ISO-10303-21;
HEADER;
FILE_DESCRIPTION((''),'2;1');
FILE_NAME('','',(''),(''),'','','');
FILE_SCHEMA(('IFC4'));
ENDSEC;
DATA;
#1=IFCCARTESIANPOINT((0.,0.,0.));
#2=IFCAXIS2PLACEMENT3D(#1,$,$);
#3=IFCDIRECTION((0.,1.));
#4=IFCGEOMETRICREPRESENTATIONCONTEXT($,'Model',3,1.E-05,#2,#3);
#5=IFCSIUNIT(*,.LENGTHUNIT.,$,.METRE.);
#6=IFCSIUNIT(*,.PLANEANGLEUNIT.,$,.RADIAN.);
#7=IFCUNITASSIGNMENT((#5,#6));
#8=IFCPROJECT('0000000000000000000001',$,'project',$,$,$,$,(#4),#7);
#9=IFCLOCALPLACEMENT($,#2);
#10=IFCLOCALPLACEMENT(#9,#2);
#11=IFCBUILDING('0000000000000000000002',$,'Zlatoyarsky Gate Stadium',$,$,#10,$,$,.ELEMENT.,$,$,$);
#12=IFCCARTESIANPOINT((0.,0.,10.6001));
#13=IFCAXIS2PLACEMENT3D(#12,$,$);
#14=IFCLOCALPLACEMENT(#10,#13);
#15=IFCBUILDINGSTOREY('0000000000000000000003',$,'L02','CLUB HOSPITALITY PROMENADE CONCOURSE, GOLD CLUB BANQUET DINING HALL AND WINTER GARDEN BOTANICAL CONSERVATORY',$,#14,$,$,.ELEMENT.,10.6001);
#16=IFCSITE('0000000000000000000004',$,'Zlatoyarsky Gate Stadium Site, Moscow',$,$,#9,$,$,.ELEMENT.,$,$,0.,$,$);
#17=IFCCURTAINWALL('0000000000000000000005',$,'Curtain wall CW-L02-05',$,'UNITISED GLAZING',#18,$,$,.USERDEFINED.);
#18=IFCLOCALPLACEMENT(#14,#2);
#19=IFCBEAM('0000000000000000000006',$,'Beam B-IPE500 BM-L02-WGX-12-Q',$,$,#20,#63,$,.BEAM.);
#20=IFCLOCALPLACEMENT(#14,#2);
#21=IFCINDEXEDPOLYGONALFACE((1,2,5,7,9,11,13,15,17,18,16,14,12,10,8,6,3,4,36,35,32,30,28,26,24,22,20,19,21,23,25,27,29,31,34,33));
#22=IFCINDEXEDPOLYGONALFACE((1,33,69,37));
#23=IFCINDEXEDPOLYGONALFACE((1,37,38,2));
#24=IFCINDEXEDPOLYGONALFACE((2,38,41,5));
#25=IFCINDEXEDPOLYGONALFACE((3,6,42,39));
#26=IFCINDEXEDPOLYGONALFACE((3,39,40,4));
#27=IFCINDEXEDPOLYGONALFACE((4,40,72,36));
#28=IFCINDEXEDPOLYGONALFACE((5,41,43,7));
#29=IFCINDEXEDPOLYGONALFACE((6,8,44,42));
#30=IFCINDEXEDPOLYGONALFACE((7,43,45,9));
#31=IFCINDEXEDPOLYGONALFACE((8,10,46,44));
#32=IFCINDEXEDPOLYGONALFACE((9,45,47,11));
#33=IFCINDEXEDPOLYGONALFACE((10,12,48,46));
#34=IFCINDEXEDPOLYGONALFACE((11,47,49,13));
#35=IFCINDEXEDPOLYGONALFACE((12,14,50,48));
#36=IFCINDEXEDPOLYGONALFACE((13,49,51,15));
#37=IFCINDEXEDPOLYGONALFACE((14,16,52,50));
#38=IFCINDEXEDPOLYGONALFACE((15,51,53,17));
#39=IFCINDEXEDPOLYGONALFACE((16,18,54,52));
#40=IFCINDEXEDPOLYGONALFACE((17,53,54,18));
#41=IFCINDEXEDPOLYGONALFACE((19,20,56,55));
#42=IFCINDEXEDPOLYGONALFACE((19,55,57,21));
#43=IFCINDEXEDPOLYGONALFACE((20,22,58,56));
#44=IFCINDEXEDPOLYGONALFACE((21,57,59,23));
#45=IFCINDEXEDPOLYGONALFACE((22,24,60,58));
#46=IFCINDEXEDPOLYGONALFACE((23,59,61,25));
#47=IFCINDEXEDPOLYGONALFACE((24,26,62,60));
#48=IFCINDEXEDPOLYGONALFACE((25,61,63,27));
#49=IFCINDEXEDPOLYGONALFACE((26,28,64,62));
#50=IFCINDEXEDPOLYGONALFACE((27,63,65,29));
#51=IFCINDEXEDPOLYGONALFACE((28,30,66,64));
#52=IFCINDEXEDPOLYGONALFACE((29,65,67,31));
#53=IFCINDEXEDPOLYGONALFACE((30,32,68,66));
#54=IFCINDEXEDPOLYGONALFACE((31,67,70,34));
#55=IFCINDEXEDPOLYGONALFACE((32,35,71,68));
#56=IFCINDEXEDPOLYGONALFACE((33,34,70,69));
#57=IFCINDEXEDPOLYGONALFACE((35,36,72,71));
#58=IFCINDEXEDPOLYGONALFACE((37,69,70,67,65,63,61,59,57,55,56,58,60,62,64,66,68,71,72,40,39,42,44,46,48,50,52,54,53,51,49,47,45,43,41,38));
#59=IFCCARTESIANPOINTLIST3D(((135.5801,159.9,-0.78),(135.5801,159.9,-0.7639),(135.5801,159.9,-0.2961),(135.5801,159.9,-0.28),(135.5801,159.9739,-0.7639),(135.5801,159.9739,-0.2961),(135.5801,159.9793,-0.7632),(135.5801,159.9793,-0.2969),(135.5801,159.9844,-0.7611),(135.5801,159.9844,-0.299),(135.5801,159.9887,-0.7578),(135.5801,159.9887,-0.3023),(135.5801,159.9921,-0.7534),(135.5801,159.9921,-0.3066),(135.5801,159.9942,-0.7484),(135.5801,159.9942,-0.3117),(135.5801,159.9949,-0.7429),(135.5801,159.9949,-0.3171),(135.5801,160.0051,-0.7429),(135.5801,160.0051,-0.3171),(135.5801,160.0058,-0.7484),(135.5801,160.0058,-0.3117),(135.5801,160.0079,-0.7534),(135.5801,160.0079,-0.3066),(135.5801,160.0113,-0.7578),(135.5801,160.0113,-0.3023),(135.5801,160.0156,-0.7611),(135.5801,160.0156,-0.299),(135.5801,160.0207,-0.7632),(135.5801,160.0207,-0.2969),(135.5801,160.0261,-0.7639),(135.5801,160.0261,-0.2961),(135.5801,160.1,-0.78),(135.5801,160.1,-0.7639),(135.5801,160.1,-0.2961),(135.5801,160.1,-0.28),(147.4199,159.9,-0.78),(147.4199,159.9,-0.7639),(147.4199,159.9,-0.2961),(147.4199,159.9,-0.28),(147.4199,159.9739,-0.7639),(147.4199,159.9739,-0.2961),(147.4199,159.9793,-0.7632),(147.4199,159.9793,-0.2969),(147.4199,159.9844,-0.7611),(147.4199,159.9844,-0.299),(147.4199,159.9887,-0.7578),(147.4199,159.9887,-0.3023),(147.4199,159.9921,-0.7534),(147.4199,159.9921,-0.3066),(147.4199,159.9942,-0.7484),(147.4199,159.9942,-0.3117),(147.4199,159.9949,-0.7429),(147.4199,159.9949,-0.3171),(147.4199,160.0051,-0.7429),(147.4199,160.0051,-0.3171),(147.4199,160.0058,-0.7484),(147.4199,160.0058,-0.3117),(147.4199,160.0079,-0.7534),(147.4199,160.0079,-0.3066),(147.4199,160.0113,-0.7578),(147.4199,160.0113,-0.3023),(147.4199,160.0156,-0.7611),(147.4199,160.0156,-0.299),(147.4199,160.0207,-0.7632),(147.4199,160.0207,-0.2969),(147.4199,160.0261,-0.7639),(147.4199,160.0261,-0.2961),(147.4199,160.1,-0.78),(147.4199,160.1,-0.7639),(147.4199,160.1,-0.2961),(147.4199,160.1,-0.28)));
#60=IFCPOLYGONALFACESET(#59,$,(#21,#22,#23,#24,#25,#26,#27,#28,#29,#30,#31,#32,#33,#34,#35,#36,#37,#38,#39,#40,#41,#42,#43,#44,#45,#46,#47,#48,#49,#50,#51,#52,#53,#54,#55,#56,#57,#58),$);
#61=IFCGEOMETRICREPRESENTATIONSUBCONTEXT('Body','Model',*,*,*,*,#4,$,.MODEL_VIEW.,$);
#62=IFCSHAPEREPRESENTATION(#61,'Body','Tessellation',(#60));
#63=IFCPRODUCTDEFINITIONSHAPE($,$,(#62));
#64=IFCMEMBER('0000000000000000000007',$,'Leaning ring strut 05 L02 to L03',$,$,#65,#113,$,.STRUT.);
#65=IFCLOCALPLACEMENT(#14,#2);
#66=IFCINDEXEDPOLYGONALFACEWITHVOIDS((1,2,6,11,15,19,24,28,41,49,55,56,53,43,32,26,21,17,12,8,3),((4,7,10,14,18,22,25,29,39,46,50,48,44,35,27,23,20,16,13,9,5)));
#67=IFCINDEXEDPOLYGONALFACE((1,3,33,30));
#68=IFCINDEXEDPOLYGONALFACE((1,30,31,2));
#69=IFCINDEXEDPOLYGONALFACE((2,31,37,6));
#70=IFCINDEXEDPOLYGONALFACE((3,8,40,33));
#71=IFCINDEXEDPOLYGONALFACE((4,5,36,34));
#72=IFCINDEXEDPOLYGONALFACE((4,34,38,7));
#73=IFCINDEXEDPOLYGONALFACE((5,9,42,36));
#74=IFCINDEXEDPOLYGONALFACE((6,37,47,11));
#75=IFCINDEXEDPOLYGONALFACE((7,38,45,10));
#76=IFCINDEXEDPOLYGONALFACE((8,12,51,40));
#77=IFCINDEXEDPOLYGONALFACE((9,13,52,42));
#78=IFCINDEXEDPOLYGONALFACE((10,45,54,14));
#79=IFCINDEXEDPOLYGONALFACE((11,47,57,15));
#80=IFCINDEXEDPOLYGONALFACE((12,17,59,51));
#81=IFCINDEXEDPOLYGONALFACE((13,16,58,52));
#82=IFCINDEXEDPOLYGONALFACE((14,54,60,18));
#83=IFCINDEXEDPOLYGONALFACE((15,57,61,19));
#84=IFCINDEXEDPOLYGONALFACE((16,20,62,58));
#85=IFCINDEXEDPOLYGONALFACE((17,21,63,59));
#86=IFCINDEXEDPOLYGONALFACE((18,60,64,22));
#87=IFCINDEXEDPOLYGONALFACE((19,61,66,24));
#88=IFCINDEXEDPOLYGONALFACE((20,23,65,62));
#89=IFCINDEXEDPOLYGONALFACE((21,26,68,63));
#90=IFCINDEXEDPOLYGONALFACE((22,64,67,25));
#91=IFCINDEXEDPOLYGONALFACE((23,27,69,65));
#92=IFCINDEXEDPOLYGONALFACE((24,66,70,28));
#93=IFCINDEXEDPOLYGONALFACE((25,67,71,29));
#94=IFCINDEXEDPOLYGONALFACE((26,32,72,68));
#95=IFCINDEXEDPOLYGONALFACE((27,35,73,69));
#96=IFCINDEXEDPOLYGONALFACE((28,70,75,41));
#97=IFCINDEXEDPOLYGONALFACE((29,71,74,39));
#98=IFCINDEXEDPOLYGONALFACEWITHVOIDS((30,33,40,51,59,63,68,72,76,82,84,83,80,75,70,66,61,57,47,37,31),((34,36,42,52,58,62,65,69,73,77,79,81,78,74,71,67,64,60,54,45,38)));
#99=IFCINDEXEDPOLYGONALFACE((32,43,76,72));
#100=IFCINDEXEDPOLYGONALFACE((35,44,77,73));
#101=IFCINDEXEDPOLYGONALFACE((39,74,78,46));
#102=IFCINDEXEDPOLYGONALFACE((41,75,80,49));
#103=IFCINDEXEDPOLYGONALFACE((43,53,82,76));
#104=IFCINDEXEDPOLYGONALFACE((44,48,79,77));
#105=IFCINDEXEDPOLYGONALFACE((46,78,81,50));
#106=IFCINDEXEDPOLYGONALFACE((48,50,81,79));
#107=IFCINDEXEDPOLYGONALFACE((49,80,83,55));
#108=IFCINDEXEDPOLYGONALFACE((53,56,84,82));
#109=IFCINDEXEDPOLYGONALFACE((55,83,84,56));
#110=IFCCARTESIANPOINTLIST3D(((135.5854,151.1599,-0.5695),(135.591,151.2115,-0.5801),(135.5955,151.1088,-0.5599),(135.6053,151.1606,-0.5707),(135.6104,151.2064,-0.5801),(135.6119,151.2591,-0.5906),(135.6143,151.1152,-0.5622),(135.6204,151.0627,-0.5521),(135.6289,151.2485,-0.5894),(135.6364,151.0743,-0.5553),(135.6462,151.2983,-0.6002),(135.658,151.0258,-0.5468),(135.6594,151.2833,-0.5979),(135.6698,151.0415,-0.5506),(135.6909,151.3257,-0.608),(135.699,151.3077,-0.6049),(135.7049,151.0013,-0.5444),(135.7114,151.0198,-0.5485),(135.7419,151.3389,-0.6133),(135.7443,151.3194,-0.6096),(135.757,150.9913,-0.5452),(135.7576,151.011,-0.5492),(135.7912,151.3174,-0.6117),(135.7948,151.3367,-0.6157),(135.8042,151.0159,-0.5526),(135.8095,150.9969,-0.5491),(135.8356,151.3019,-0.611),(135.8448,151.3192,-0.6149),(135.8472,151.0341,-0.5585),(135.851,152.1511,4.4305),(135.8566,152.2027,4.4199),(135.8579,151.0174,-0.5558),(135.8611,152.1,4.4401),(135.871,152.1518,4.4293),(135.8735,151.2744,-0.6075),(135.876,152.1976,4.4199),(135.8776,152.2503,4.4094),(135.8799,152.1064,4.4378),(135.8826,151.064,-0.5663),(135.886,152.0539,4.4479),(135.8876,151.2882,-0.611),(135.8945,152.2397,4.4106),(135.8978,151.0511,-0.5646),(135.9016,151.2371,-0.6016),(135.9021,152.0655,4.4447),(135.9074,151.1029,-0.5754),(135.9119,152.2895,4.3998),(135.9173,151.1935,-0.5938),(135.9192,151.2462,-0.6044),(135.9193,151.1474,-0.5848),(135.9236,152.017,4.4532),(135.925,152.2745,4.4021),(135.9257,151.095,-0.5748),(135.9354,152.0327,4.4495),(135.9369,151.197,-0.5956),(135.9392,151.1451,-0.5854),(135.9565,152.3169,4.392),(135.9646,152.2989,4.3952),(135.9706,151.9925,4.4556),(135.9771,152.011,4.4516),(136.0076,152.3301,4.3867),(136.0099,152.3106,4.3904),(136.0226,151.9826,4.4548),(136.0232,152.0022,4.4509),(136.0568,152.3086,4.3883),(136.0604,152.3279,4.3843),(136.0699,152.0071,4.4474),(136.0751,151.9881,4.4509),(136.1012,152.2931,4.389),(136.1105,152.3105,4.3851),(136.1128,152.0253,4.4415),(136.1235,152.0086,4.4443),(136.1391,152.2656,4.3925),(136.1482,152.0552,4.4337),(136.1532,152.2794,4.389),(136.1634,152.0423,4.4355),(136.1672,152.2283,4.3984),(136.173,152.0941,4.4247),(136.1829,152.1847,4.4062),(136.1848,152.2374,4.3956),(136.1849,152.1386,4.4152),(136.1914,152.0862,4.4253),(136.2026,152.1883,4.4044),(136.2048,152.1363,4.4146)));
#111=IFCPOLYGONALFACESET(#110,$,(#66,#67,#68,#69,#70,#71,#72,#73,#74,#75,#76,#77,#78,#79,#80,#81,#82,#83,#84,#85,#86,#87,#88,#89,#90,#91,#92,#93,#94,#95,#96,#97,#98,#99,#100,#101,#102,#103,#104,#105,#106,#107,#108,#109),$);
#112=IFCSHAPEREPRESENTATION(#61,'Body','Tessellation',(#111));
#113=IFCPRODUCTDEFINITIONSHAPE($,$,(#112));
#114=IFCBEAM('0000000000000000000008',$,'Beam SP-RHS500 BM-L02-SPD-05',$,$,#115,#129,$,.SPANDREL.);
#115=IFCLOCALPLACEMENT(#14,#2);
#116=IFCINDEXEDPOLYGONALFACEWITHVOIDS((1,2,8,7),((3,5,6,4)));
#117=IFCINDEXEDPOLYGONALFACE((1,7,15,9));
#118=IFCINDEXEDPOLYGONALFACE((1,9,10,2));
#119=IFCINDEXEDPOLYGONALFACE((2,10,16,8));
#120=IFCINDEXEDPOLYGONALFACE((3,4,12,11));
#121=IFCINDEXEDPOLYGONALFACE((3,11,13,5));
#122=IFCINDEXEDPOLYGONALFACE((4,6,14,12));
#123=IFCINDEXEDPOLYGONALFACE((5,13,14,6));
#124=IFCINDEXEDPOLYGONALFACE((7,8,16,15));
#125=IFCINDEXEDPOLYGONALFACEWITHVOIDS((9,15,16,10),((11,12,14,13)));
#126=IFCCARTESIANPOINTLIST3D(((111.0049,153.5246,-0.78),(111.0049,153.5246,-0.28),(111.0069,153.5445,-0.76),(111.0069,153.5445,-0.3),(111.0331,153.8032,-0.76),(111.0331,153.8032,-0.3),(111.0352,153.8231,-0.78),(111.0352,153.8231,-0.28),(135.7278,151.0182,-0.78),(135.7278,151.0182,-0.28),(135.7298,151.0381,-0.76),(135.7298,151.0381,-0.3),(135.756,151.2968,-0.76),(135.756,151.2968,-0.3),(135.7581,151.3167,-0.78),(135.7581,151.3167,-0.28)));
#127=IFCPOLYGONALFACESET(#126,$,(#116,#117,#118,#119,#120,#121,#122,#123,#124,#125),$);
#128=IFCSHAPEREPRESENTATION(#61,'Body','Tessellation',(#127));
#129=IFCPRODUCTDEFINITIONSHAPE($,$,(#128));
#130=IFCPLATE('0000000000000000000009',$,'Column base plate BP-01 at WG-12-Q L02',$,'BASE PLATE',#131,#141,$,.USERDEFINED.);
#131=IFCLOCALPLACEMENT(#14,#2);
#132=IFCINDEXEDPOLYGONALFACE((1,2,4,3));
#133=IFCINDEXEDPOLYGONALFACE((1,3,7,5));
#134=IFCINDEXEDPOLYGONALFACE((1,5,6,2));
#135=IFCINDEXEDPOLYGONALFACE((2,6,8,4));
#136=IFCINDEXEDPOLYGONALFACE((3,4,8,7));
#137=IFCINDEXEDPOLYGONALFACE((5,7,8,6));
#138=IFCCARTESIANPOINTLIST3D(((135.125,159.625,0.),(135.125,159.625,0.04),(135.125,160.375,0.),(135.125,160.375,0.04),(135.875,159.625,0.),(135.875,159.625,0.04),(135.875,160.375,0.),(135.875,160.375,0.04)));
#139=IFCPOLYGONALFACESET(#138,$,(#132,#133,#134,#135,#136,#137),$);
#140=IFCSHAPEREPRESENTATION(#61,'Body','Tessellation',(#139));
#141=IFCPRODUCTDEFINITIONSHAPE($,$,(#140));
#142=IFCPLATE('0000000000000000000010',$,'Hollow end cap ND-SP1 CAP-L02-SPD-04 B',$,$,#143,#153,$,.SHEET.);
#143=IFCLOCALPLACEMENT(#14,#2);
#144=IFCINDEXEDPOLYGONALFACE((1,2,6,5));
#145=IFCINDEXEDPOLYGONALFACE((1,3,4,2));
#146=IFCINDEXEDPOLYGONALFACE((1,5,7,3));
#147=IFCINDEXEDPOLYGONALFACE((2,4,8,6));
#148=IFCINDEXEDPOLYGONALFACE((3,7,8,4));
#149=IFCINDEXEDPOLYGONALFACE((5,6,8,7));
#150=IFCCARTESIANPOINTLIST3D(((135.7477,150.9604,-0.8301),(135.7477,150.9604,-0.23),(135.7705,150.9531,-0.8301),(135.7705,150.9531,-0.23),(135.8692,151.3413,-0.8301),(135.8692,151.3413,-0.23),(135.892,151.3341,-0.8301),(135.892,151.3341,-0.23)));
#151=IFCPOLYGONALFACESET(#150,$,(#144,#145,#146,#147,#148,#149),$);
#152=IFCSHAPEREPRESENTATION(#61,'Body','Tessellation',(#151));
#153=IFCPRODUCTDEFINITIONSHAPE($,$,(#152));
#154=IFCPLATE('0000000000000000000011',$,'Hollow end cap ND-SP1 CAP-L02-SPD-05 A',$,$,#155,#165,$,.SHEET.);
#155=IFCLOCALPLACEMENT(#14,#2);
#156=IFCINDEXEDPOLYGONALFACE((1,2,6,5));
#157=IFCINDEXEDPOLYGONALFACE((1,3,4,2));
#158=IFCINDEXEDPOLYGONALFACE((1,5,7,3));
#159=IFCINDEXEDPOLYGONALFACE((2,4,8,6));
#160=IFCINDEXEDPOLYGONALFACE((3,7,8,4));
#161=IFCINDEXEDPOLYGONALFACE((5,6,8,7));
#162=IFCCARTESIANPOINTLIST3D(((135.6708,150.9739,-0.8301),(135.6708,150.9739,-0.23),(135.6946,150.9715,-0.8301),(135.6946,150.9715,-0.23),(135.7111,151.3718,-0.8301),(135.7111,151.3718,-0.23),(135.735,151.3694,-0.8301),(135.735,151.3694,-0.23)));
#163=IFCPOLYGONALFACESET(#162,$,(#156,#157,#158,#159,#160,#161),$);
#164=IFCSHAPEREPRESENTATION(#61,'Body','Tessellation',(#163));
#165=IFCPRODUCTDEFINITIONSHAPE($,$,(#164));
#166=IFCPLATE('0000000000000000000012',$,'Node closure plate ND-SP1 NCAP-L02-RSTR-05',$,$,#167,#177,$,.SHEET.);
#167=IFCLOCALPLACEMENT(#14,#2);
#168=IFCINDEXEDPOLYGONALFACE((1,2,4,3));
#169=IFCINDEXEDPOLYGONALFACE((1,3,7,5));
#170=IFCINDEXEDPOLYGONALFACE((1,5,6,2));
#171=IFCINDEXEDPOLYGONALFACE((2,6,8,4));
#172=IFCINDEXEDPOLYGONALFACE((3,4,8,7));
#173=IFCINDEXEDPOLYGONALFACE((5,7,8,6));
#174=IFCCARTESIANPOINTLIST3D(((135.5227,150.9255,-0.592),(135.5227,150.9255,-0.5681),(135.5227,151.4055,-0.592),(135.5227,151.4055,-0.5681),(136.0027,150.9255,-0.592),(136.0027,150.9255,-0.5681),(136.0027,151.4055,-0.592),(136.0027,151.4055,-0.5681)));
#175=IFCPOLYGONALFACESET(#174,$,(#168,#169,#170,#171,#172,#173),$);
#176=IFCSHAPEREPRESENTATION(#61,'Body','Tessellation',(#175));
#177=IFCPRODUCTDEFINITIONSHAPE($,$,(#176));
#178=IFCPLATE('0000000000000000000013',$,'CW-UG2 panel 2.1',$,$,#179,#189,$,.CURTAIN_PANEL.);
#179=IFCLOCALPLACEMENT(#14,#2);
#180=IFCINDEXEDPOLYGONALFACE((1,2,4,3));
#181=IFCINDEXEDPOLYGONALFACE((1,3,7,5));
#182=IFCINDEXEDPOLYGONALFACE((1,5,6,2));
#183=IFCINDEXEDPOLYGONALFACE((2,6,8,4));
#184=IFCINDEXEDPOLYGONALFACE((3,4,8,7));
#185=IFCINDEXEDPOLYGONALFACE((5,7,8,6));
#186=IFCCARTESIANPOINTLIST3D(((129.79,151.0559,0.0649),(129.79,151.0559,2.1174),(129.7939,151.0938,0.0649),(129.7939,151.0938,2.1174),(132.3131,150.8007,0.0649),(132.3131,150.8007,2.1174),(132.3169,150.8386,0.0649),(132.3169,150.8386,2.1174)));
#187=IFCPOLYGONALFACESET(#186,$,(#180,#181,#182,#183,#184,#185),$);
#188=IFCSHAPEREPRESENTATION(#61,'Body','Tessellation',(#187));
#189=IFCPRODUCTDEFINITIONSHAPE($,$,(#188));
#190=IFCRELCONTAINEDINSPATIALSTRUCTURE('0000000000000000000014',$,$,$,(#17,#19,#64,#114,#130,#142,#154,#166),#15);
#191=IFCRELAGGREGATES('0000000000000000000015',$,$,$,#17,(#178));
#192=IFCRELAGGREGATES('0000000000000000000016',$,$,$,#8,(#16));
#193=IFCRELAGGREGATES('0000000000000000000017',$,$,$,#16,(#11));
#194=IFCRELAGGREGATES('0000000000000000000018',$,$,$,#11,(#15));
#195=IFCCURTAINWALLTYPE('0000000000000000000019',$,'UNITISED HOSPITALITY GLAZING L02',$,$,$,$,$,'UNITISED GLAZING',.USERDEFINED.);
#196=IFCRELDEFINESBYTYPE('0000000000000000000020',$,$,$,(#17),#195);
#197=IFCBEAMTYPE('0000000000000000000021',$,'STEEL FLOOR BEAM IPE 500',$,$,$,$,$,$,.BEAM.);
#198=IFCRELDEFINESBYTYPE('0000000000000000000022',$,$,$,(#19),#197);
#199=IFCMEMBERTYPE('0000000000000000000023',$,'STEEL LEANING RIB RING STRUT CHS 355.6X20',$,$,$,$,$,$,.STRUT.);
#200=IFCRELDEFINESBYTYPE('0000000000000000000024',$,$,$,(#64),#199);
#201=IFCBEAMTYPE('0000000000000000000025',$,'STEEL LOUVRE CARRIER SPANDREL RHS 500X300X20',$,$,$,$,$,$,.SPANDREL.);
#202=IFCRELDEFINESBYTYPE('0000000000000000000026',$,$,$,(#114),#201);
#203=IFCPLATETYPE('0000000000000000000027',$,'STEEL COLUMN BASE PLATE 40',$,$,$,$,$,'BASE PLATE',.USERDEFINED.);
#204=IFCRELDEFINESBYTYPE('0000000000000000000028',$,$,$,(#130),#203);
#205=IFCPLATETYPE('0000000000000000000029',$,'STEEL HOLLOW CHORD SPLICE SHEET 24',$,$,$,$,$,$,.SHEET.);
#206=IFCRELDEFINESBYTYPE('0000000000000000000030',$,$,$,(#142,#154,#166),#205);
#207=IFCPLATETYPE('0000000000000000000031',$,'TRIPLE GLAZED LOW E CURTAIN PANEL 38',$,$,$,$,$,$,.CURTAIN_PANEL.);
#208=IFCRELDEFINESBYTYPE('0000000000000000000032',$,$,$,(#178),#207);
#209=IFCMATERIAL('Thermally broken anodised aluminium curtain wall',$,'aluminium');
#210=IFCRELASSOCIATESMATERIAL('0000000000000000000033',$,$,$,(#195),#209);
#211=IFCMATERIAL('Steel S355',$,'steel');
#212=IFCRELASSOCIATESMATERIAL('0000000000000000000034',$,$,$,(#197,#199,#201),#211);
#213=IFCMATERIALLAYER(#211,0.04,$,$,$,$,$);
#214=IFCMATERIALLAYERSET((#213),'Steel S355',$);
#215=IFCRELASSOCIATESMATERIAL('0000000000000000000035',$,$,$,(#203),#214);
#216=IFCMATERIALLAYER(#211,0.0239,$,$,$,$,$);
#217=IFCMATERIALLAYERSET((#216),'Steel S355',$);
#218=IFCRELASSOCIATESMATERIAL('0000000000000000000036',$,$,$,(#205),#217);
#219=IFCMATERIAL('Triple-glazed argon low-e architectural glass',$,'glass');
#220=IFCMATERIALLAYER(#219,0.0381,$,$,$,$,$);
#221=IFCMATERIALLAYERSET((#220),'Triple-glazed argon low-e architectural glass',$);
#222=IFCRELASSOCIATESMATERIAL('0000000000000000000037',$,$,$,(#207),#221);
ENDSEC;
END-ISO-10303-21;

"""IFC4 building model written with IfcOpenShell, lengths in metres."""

from ifc_helpers import new_model, si_unit, direction, frame, origin, origin_2d, place, context, subcontext, project, spatial, rectangle, hollow_rectangle, hollow_circle, i_section, extrude, material, layer, layer_set, material_profile, profile_set, type_object, element, aggregate, save


model = new_model("IFC4")

# Units and contexts
model_context = context("Model", 3, precision=1e-05, world=origin(), true_north=direction((0.0, 1.0)))
body_context = subcontext(model_context, "Body", "Model", "MODEL_VIEW")
ifc_project = project(units=[si_unit("LENGTHUNIT", "METRE"), si_unit("PLANEANGLEUNIT", "RADIAN")], contexts=[model_context])

# Site, building, storey
site_placement = place(None, origin())
site = spatial("IfcSite", under=ifc_project, at=site_placement, Name="Zlatoyarsky Gate Stadium Site, Moscow", CompositionType="ELEMENT", RefElevation=0.0)
building_placement = place(site_placement, origin())
building = spatial("IfcBuilding", under=site, at=building_placement, Name="Zlatoyarsky Gate Stadium", CompositionType="ELEMENT")
storey_placement = place(building_placement, frame((0.0, 0.0, 10.6001)))
storey = spatial("IfcBuildingStorey", under=building, at=storey_placement, Name="L02", Description="CLUB HOSPITALITY PROMENADE CONCOURSE, GOLD CLUB BANQUET DINING HALL AND WINTER GARDEN BOTANICAL CONSERVATORY", CompositionType="ELEMENT", Elevation=10.6001)

# Shared definitions
ifc_material_1 = material(Name="Steel S355", Category="steel")

# Curtain wall
ifc_material_2 = material(Name="Thermally broken anodised aluminium curtain wall", Category="aluminium")
curtain_wall_type_1 = type_object("IfcCurtainWallType", Name="UNITISED HOSPITALITY GLAZING L02", ElementType="UNITISED GLAZING", PredefinedType="USERDEFINED", material=ifc_material_2)
curtain_wall_1_placement = place(storey_placement, origin())
curtain_wall_1 = element("IfcCurtainWall", 1, at=curtain_wall_1_placement, inside=storey, type_object=curtain_wall_type_1, Name="Curtain wall CW-L02-05", ObjectType="UNITISED GLAZING", PredefinedType="USERDEFINED")

# Beam
ifc_material_profile_1 = material_profile(ifc_material_1, i_section(OverallWidth=0.2, OverallDepth=0.5, WebThickness=0.0103, FlangeThickness=0.0161, FilletRadius=0.021, at=origin_2d()), Name="IPE 500")
ifc_profile_set_1 = profile_set([ifc_material_profile_1], Name="Steel S355")
beam_type_1 = type_object("IfcBeamType", Name="STEEL FLOOR BEAM IPE 500", PredefinedType="BEAM", material=ifc_profile_set_1)
beam_1_placement = place(storey_placement, frame((135.5801, 160.0, -0.53), z_axis=(1.0, 0.0, 0.0), x_axis=(0.0, 1.0, 0.0)))
element("IfcBeam", 2, at=beam_1_placement, inside=storey, type_object=beam_type_1, Name="Beam B-IPE500 BM-L02-WGX-12-Q", PredefinedType="BEAM", context=body_context, shape_type="SweptSolid", body=[
    extrude(i_section(OverallWidth=0.2, OverallDepth=0.5, WebThickness=0.0103, FlangeThickness=0.0161, FilletRadius=0.021, at=origin_2d()), origin(), (0.0, 0.0, 1.0), 11.8398),
])

# Member
ifc_material_profile_2 = material_profile(ifc_material_1, hollow_circle(Radius=0.1777, WallThickness=0.02, at=origin_2d()), Name="CHS 355.6X20")
ifc_profile_set_2 = profile_set([ifc_material_profile_2], Name="Steel S355")
member_type_1 = type_object("IfcMemberType", Name="STEEL LEANING RIB RING STRUT CHS 355.6X20", PredefinedType="STRUT", material=ifc_profile_set_2)
member_1_placement = place(storey_placement, frame((135.7627, 151.1655, -0.5801), z_axis=(0.05204, 0.194194, 0.979582), x_axis=(-0.965918, 0.258847, 0.0)))
element("IfcMember", 3, at=member_1_placement, inside=storey, type_object=member_type_1, Name="Leaning ring strut 05 L02 to L03", PredefinedType="STRUT", context=body_context, shape_type="SweptSolid", body=[
    extrude(hollow_circle(Radius=0.1777, WallThickness=0.02, at=origin_2d()), origin(), (0.0, 0.0, 1.0), 5.1042),
])

# Beam
ifc_material_profile_3 = material_profile(ifc_material_1, hollow_rectangle(XDim=0.3, YDim=0.5, WallThickness=0.02, at=origin_2d()), Name="RHS 500X300X20")
ifc_profile_set_3 = profile_set([ifc_material_profile_3], Name="Steel S355")
beam_type_2 = type_object("IfcBeamType", Name="STEEL LOUVRE CARRIER SPANDREL RHS 500X300X20", PredefinedType="SPANDREL", material=ifc_profile_set_3)
beam_2_placement = place(storey_placement, frame((135.7429, 151.1675, -0.53), z_axis=(-0.994901, 0.100861, 0.0), x_axis=(-0.100861, -0.994901, 0.0)))
element("IfcBeam", 4, at=beam_2_placement, inside=storey, type_object=beam_type_2, Name="Beam SP-RHS500 BM-L02-SPD-05", PredefinedType="SPANDREL", context=body_context, shape_type="SweptSolid", body=[
    extrude(hollow_rectangle(XDim=0.3, YDim=0.5, WallThickness=0.02, at=origin_2d()), origin(), (0.0, 0.0, 1.0), 24.8496),
])

# Plates
ifc_layer_1 = layer(ifc_material_1, 0.04)
ifc_layer_set_1 = layer_set([ifc_layer_1], Name="Steel S355")
plate_type_1 = type_object("IfcPlateType", Name="STEEL COLUMN BASE PLATE 40", ElementType="BASE PLATE", PredefinedType="USERDEFINED", material=ifc_layer_set_1)
plate_1_placement = place(storey_placement, frame((135.5, 160.0, 0.0), z_axis=(0.0, 0.0, 1.0), x_axis=(1.0, 0.0, 0.0)))
element("IfcPlate", 5, at=plate_1_placement, inside=storey, type_object=plate_type_1, Name="Column base plate BP-01 at WG-12-Q L02", ObjectType="BASE PLATE", PredefinedType="USERDEFINED", context=body_context, shape_type="SweptSolid", body=[
    extrude(rectangle(XDim=0.75, YDim=0.75, at=origin_2d()), origin(), (0.0, 0.0, 1.0), 0.04),
])
ifc_layer_2 = layer(ifc_material_1, 0.0239)
ifc_layer_set_2 = layer_set([ifc_layer_2], Name="Steel S355")
plate_type_2 = type_object("IfcPlateType", Name="STEEL HOLLOW CHORD SPLICE SHEET 24", PredefinedType="SHEET", material=ifc_layer_set_2)
for number, where, z_axis, x_axis, name in (
    (6, (135.8198, 151.1472, -0.8301), (0.0, 0.0, 1.0), (-0.952709, 0.303884, 0.0), "Hollow end cap ND-SP1 CAP-L02-SPD-04 B"),
    (7, (135.7029, 151.1716, -0.8301), (0.0, 0.0, 1.0), (-0.9949, 0.100861, 0.0), "Hollow end cap ND-SP1 CAP-L02-SPD-05 A"),
):
    element("IfcPlate", number, at=place(storey_placement, frame(where, z_axis=z_axis, x_axis=x_axis)), inside=storey, type_object=plate_type_2, Name=name, PredefinedType="SHEET", context=body_context, shape_type="SweptSolid", body=[
        extrude(rectangle(XDim=0.0239, YDim=0.3999, at=origin_2d()), origin(), (0.0, 0.0, 1.0), 0.6001),
    ])
plate_2_placement = place(storey_placement, frame((135.7627, 151.1655, -0.592), z_axis=(0.0, 0.0, 1.0), x_axis=(1.0, 0.0, 0.0)))
element("IfcPlate", 8, at=plate_2_placement, inside=storey, type_object=plate_type_2, Name="Node closure plate ND-SP1 NCAP-L02-RSTR-05", PredefinedType="SHEET", context=body_context, shape_type="SweptSolid", body=[
    extrude(rectangle(XDim=0.48, YDim=0.48, at=origin_2d()), origin(), (0.0, 0.0, 1.0), 0.0239),
])

# Plate
ifc_material_3 = material(Name="Triple-glazed argon low-e architectural glass", Category="glass")
ifc_layer_3 = layer(ifc_material_3, 0.0381)
ifc_layer_set_3 = layer_set([ifc_layer_3], Name="Triple-glazed argon low-e architectural glass")
plate_type_3 = type_object("IfcPlateType", Name="TRIPLE GLAZED LOW E CURTAIN PANEL 38", PredefinedType="CURTAIN_PANEL", material=ifc_layer_set_3)
plate_3_placement = place(storey_placement, frame((131.0535, 150.9473, 0.0649), z_axis=(0.0, 0.0, 1.0), x_axis=(-0.994922, 0.100645, 0.0)))
plate_3 = element("IfcPlate", 9, at=plate_3_placement, type_object=plate_type_3, Name="CW-UG2 panel 2.1", PredefinedType="CURTAIN_PANEL", context=body_context, shape_type="SweptSolid", body=[
    extrude(rectangle(XDim=2.5359, YDim=0.0381, at=origin_2d()), origin(), (0.0, 0.0, 1.0), 2.0525),
])
aggregate(curtain_wall_1, [plate_3])

save(model, "model.ifc")
